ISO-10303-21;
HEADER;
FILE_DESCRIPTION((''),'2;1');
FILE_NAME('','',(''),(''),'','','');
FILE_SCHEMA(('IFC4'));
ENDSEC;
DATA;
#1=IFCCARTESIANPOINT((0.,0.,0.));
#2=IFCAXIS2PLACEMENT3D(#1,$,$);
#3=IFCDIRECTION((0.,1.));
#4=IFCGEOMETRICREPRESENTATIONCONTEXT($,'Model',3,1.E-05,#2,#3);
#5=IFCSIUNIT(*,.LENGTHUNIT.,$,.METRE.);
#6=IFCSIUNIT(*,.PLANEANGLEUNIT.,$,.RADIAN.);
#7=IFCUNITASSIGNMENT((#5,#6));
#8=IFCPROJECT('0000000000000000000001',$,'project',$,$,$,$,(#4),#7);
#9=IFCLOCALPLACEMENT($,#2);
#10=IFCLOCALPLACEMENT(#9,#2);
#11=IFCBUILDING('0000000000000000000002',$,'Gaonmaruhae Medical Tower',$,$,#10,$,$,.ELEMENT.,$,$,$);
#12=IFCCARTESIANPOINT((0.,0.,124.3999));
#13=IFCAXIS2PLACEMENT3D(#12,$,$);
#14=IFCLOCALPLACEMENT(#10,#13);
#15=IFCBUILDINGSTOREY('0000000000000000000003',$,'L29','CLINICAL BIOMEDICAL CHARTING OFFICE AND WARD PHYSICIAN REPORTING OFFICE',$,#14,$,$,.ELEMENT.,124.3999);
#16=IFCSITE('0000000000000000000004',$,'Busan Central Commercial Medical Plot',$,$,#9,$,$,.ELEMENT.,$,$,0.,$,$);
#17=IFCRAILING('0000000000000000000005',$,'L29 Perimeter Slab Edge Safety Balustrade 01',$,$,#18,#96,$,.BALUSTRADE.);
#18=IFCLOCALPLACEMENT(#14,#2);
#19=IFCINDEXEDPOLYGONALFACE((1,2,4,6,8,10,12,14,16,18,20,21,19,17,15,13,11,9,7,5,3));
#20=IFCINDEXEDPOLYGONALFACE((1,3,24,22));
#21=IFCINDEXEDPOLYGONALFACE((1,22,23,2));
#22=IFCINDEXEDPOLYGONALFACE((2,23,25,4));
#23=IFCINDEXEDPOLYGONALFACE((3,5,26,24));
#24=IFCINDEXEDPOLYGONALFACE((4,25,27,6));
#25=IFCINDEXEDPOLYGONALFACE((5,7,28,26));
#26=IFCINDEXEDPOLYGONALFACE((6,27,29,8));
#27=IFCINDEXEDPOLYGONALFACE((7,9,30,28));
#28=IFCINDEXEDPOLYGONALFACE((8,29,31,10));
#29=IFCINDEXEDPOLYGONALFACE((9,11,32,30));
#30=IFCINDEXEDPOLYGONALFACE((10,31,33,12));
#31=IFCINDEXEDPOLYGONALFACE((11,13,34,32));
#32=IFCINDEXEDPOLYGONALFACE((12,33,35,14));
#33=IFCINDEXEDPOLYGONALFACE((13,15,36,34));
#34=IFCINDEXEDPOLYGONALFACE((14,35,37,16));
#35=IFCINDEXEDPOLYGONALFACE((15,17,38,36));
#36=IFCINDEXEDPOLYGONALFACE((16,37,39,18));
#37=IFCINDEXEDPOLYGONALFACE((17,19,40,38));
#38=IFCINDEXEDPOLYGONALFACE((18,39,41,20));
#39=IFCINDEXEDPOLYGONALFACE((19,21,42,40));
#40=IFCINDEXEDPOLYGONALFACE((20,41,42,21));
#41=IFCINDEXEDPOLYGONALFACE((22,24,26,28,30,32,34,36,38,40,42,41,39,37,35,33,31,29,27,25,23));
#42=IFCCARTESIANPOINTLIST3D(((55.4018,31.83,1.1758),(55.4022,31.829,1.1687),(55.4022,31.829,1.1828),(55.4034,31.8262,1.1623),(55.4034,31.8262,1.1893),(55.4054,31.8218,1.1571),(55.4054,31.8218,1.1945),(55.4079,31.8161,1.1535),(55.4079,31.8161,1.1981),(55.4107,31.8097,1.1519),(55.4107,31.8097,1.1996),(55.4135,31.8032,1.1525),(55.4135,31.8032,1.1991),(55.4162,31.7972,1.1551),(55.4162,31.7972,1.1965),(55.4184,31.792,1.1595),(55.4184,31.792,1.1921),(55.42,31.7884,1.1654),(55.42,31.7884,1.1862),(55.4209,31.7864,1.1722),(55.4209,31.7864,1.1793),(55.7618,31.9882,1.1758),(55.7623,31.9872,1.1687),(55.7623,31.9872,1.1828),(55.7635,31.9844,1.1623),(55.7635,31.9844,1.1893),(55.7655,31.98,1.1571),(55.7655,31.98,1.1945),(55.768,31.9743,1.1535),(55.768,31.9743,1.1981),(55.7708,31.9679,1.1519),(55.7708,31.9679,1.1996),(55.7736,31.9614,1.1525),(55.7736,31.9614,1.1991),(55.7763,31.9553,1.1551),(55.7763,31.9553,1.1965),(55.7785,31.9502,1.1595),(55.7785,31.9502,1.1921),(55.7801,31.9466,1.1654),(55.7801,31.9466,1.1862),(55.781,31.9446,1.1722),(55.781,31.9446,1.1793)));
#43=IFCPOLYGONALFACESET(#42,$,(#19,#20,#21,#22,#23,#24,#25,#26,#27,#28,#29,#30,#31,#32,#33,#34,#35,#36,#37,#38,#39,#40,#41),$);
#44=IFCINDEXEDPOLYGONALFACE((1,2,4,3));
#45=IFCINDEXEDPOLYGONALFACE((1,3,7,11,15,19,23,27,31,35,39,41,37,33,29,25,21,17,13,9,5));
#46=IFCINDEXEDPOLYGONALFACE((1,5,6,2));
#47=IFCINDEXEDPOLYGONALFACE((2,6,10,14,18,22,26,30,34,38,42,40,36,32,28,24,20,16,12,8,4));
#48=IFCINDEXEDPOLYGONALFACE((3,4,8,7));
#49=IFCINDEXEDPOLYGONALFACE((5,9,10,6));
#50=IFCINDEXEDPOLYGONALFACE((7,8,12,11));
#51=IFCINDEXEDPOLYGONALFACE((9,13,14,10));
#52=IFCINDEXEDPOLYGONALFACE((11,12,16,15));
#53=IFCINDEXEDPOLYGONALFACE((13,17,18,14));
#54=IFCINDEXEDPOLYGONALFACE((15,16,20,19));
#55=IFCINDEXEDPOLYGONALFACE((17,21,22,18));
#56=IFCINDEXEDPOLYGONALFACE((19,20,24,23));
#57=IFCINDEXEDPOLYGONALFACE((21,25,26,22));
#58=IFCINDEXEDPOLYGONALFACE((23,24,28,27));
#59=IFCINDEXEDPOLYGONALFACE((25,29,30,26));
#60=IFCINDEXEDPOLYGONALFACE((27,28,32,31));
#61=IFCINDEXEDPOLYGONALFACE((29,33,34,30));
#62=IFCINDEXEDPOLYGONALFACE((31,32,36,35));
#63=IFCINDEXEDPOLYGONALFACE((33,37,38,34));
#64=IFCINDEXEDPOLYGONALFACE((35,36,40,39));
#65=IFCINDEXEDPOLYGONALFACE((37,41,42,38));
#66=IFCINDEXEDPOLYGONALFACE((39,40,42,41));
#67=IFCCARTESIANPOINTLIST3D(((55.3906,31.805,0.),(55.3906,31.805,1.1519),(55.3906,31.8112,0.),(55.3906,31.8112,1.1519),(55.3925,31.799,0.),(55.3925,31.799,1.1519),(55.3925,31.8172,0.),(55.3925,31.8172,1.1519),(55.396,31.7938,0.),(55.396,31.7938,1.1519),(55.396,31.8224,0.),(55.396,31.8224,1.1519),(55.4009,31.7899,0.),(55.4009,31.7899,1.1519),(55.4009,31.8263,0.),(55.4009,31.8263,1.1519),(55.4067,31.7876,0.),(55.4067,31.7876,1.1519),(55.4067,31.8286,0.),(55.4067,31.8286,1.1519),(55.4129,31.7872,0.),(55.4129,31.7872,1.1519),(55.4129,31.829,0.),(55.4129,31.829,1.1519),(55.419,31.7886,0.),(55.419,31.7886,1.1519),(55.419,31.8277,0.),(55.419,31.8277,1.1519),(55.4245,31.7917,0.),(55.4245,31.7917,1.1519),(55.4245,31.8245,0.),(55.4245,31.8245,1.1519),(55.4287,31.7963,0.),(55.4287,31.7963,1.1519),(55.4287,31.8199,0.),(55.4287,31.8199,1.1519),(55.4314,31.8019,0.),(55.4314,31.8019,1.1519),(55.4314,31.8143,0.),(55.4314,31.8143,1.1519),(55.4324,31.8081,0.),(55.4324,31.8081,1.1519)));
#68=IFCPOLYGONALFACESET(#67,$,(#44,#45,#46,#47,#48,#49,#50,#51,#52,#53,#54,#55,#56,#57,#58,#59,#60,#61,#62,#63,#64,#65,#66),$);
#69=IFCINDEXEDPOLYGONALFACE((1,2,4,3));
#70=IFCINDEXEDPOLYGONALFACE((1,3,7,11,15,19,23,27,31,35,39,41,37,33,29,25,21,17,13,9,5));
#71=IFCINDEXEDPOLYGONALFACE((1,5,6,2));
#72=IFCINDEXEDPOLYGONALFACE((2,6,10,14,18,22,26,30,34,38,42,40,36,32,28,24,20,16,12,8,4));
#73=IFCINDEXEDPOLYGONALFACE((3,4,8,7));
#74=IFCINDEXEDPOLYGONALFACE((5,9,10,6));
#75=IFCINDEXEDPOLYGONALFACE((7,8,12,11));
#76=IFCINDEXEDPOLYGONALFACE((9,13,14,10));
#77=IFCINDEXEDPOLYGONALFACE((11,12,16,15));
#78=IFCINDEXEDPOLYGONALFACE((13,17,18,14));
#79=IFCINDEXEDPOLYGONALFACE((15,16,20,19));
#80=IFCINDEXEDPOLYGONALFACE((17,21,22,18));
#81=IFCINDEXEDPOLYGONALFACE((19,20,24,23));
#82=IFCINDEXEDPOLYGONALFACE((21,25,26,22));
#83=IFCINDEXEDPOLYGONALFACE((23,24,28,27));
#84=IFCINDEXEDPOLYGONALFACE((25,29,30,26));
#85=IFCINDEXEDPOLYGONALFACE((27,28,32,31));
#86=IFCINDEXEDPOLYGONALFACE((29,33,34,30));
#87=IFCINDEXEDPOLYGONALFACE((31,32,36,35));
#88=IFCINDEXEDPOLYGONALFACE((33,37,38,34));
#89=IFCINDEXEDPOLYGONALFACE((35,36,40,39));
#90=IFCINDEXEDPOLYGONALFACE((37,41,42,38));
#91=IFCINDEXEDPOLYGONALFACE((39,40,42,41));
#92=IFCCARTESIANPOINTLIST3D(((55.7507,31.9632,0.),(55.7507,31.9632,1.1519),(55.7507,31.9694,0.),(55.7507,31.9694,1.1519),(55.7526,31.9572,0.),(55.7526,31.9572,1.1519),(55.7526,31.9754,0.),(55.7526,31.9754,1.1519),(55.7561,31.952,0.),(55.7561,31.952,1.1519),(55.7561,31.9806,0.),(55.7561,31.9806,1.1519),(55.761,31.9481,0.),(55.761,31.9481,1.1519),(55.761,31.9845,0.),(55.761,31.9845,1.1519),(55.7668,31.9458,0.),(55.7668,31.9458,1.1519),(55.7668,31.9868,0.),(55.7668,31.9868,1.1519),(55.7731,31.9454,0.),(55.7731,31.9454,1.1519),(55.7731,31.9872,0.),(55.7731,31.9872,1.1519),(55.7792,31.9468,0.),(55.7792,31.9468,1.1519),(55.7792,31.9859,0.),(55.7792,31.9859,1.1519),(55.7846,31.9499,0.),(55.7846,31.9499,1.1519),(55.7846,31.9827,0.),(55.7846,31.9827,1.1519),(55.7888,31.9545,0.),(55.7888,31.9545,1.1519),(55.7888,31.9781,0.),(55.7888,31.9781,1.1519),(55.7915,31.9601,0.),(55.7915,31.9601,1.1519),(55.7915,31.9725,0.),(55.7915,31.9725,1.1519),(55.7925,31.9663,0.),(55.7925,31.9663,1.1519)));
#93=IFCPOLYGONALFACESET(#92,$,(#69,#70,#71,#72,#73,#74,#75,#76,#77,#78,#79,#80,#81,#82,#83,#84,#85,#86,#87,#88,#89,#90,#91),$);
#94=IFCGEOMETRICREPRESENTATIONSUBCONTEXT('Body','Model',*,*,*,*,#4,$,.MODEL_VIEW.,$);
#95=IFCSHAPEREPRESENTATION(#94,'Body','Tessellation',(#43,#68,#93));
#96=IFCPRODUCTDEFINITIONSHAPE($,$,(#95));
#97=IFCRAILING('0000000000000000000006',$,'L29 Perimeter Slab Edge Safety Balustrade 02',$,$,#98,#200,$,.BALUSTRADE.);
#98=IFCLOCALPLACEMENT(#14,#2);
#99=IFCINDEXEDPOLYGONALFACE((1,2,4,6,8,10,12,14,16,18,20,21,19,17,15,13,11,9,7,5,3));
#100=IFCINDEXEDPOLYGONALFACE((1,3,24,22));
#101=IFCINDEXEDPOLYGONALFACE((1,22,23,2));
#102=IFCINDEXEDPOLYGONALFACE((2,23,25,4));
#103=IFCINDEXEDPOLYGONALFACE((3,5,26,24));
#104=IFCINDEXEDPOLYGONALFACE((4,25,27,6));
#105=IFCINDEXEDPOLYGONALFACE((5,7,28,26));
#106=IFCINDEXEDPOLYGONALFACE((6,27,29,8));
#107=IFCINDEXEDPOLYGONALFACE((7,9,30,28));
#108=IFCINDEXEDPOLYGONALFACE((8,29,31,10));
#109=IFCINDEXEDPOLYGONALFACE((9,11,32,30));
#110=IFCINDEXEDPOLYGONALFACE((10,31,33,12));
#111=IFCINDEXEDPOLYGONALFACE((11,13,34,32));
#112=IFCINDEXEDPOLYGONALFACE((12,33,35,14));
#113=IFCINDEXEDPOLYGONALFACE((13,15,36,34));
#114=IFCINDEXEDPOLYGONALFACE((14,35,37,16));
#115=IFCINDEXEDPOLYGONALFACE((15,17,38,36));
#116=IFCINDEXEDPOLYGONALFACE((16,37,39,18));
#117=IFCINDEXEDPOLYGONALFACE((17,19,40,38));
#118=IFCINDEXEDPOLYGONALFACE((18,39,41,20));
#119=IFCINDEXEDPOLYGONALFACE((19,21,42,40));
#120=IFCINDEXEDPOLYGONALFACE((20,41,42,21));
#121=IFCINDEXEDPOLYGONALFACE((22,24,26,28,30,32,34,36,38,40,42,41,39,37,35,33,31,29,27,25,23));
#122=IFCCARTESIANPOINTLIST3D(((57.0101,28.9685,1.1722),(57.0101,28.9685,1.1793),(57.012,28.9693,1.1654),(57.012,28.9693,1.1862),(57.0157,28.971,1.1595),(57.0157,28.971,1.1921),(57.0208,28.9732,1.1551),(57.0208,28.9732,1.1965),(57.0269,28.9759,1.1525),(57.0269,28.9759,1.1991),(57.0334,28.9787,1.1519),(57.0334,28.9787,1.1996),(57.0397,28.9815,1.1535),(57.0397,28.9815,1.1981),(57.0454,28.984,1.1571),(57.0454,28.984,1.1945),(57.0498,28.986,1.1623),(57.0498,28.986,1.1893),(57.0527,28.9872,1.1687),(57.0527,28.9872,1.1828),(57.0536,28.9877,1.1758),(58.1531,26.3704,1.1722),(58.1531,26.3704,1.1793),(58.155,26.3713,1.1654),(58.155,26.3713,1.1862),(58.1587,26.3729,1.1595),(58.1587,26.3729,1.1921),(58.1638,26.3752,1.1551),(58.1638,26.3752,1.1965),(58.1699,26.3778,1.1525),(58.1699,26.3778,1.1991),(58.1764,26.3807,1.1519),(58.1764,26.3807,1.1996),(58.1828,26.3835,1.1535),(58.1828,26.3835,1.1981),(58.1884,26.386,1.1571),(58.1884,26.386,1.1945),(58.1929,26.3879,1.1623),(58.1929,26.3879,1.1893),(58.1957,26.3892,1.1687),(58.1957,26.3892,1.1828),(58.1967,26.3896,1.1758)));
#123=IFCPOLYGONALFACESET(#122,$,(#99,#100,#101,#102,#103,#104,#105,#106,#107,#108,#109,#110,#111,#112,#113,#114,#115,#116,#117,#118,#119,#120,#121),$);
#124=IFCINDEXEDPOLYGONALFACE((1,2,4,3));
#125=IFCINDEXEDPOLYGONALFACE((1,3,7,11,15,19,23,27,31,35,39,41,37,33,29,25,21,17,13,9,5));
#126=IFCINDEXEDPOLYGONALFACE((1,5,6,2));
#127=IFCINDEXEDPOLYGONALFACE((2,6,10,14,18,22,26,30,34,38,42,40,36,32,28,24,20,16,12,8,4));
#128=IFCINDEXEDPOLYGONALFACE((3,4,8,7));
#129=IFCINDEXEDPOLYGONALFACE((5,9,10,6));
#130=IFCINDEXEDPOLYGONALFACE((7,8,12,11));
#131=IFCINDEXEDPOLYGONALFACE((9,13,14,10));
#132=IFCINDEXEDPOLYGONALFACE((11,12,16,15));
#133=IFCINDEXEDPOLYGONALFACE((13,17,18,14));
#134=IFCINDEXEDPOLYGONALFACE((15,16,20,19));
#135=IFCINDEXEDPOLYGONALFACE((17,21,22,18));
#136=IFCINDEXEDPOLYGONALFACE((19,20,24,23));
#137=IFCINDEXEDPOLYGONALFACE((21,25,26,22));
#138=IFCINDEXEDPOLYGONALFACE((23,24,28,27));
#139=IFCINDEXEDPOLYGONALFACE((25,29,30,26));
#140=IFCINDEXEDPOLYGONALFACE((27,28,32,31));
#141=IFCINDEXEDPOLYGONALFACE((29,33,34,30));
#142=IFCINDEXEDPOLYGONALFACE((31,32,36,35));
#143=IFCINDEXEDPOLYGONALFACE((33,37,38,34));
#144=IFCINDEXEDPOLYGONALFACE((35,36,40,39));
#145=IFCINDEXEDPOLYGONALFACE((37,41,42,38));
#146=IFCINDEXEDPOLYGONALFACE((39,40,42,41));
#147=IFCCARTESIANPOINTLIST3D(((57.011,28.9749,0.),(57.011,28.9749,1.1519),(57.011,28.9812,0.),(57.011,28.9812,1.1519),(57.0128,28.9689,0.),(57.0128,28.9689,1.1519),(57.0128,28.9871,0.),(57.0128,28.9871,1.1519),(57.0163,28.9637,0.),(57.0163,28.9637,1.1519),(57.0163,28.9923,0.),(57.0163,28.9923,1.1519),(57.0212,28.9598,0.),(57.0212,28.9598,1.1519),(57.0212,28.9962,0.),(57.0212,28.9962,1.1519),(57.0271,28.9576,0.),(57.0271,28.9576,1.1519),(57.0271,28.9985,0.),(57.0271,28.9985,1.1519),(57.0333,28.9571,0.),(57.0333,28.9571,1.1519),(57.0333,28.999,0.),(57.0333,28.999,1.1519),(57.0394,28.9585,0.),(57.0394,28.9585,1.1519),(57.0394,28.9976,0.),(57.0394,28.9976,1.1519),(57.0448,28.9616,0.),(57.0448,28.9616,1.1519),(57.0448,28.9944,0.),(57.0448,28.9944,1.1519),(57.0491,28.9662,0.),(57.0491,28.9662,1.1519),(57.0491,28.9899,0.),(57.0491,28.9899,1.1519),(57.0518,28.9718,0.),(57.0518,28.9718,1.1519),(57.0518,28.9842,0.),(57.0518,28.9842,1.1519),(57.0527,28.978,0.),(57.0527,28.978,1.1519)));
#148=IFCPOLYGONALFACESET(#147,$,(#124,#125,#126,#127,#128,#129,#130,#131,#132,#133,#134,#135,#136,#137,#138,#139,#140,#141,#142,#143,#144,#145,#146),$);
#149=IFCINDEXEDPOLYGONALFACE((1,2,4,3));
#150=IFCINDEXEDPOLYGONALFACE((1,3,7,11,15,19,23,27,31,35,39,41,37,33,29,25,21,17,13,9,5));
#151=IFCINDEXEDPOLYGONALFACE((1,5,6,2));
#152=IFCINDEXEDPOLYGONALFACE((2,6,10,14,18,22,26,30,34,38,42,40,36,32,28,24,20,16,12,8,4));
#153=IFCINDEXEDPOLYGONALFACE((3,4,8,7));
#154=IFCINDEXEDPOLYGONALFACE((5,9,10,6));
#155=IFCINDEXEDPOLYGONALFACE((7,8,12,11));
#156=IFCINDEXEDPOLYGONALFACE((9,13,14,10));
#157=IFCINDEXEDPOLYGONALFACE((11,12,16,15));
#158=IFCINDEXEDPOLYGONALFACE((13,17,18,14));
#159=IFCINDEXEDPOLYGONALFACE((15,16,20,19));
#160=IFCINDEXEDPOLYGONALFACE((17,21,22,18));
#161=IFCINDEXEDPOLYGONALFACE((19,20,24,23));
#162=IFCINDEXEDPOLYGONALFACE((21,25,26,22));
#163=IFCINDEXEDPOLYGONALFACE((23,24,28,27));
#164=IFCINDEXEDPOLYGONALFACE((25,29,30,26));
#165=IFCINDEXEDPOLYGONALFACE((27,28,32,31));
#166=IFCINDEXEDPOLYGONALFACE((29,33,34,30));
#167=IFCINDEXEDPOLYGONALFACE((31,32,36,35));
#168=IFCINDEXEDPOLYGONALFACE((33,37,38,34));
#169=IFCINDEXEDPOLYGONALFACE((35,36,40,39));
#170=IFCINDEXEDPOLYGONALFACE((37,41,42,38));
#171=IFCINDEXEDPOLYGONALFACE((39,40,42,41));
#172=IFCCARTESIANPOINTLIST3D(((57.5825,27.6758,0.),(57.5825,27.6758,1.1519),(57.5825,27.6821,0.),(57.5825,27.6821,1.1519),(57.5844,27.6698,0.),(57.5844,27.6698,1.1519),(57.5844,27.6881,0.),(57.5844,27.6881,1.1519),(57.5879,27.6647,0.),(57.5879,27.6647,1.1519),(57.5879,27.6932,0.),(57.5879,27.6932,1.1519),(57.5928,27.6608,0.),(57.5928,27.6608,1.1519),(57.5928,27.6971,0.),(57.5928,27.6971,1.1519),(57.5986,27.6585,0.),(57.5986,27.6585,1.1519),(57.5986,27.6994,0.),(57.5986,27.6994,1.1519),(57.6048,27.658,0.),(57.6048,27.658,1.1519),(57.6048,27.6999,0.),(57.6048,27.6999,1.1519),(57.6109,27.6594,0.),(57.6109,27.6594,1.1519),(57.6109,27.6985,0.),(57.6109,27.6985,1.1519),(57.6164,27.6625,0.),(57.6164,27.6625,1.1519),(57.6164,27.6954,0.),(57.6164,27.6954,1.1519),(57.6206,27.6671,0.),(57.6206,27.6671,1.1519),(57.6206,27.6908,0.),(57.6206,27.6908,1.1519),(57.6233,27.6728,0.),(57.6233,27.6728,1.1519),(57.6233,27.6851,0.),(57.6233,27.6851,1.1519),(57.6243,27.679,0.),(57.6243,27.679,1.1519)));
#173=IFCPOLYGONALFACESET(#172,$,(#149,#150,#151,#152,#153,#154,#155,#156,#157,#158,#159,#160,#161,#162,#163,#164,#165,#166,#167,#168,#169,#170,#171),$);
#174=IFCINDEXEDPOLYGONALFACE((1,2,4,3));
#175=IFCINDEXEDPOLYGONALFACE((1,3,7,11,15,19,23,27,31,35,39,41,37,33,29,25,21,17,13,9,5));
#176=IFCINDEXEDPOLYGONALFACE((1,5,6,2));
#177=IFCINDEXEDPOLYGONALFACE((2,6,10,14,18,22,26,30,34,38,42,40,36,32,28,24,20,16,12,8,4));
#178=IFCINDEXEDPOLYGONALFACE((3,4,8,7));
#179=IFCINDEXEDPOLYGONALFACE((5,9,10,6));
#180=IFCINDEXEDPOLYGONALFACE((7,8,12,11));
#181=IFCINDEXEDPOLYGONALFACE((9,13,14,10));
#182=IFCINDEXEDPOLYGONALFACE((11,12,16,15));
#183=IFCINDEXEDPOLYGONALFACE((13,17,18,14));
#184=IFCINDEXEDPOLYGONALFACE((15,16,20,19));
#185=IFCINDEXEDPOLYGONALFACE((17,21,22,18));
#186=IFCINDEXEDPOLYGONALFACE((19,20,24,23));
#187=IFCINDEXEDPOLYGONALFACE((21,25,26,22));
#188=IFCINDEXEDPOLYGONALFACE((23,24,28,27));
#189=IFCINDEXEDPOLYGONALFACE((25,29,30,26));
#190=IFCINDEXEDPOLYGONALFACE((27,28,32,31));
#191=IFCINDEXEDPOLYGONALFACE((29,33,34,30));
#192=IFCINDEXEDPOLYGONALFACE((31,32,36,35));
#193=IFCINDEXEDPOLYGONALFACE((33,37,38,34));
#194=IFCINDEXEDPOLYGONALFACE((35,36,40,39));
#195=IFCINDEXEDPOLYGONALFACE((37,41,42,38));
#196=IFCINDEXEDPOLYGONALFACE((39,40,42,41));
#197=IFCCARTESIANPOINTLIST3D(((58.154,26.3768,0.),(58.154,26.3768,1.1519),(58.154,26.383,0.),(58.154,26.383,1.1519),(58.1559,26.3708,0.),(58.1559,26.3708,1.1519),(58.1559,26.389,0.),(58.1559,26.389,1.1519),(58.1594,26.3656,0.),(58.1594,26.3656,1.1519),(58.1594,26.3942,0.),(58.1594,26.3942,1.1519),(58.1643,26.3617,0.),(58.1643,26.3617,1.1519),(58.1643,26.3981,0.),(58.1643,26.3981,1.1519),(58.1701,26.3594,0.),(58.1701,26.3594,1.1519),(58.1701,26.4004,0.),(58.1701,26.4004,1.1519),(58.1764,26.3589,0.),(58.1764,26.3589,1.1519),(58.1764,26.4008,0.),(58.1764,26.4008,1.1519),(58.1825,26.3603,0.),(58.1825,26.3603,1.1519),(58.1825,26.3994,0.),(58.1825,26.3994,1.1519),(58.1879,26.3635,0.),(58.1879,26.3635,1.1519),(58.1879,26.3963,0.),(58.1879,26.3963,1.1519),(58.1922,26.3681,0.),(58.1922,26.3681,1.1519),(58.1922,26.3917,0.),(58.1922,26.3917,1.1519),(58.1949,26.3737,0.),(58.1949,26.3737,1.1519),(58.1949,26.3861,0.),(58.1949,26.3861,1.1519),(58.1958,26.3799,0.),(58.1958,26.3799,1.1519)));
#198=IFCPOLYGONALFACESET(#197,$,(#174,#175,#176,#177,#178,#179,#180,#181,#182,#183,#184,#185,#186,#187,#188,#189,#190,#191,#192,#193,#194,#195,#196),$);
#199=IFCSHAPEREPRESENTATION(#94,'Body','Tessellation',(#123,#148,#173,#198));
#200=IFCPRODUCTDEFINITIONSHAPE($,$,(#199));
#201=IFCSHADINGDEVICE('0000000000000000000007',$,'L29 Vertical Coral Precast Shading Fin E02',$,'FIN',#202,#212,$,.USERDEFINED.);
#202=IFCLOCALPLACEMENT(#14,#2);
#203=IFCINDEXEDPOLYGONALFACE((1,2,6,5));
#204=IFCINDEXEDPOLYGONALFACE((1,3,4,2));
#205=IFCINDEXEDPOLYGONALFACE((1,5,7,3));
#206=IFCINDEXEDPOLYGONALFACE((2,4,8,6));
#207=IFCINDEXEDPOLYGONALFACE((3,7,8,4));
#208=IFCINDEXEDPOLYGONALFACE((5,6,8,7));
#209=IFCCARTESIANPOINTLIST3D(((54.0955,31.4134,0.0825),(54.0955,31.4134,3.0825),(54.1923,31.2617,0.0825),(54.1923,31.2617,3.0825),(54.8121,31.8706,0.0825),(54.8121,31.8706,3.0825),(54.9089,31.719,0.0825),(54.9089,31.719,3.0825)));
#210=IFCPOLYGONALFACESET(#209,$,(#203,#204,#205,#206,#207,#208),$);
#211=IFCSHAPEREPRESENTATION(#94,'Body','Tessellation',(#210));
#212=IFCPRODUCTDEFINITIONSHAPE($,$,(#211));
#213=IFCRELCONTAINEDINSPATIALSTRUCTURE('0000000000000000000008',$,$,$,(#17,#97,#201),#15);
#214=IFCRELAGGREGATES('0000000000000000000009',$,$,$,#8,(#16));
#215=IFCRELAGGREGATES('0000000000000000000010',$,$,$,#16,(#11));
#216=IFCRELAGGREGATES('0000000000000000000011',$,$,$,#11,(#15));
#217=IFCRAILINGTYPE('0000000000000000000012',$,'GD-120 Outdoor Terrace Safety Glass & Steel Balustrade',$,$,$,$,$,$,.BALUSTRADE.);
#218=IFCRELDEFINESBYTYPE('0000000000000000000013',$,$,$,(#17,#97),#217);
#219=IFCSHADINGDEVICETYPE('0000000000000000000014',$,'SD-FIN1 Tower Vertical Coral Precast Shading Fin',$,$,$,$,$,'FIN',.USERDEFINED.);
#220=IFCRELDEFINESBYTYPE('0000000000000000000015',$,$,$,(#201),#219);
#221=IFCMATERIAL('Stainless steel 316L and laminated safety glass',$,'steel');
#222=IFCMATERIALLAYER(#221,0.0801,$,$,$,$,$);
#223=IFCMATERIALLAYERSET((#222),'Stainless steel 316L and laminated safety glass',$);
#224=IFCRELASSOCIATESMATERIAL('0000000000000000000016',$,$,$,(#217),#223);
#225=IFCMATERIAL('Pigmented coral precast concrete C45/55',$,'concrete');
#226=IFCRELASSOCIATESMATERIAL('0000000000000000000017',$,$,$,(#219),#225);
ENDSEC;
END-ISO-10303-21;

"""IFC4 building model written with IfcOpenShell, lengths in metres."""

from ifc_helpers import new_model, si_unit, direction, frame, origin, origin_2d, place, context, subcontext, project, spatial, rectangle, circle, extrude, material, layer, layer_set, type_object, element, save


model = new_model("IFC4")

# Units and contexts
model_context = context("Model", 3, precision=1e-05, world=origin(), true_north=direction((0.0, 1.0)))
body_context = subcontext(model_context, "Body", "Model", "MODEL_VIEW")
ifc_project = project(units=[si_unit("LENGTHUNIT", "METRE"), si_unit("PLANEANGLEUNIT", "RADIAN")], contexts=[model_context])

# Site, building, storey
site_placement = place(None, origin())
site = spatial("IfcSite", under=ifc_project, at=site_placement, Name="Busan Central Commercial Medical Plot", CompositionType="ELEMENT", RefElevation=0.0)
building_placement = place(site_placement, origin())
building = spatial("IfcBuilding", under=site, at=building_placement, Name="Gaonmaruhae Medical Tower", CompositionType="ELEMENT")
storey_placement = place(building_placement, frame((0.0, 0.0, 124.3999)))
storey = spatial("IfcBuildingStorey", under=building, at=storey_placement, Name="L29", Description="CLINICAL BIOMEDICAL CHARTING OFFICE AND WARD PHYSICIAN REPORTING OFFICE", CompositionType="ELEMENT", Elevation=124.3999)

# Railings
ifc_material_1 = material(Name="Stainless steel 316L and laminated safety glass", Category="steel")
ifc_layer_1 = layer(ifc_material_1, 0.0801)
ifc_layer_set_1 = layer_set([ifc_layer_1], Name="Stainless steel 316L and laminated safety glass")
railing_type = type_object("IfcRailingType", Name="GD-120 Outdoor Terrace Safety Glass & Steel Balustrade", PredefinedType="BALUSTRADE", material=ifc_layer_set_1)
railing_1_placement = place(storey_placement, frame((55.4114, 31.8081, 0.0)))
element("IfcRailing", 1, at=railing_1_placement, inside=storey, type_object=railing_type, Name="L29 Perimeter Slab Edge Safety Balustrade 01", PredefinedType="BALUSTRADE", context=body_context, shape_type="SweptSolid", body=[
    extrude(circle(Radius=0.0239, at=origin_2d()), frame((0.0, 0.0, 1.1758), z_axis=(0.915544, 0.402219, 0.0), x_axis=(-0.402219, 0.915544, 0.0)), (0.0, 0.0, 1.0), 0.3933),
    extrude(circle(Radius=0.021, at=origin_2d()), origin(), (0.0, 0.0, 1.0), 1.1519),
    extrude(circle(Radius=0.021, at=origin_2d()), frame((0.3601, 0.1582, 0.0)), (0.0, 0.0, 1.0), 1.1519),
])
railing_2_placement = place(storey_placement, frame((57.0317, 28.978, 0.0)))
element("IfcRailing", 2, at=railing_2_placement, inside=storey, type_object=railing_type, Name="L29 Perimeter Slab Edge Safety Balustrade 02", PredefinedType="BALUSTRADE", context=body_context, shape_type="SweptSolid", body=[
    extrude(circle(Radius=0.0239, at=origin_2d()), frame((0.0, 0.0, 1.1758), z_axis=(0.402704, -0.91533, 0.0), x_axis=(0.91533, 0.402704, 0.0)), (0.0, 0.0, 1.0), 2.8384),
    extrude(circle(Radius=0.021, at=origin_2d()), origin(), (0.0, 0.0, 1.0), 1.1519),
    extrude(circle(Radius=0.021, at=origin_2d()), frame((0.5715, -1.2991, 0.0)), (0.0, 0.0, 1.0), 1.1519),
    extrude(circle(Radius=0.021, at=origin_2d()), frame((1.1431, -2.5981, 0.0)), (0.0, 0.0, 1.0), 1.1519),
])

# Shading device
ifc_material_2 = material(Name="Pigmented coral precast concrete C45/55", Category="concrete")
shading_device_type = type_object("IfcShadingDeviceType", Name="SD-FIN1 Tower Vertical Coral Precast Shading Fin", ElementType="FIN", PredefinedType="USERDEFINED", material=ifc_material_2)
for number, where, z_axis, x_axis, name in (
    (3, (54.5022, 31.5662, 0.0825), (0.0, 0.0, 1.0), (0.537903, -0.843007, 0.0), "L29 Vertical Coral Precast Shading Fin E02"),
):
    element("IfcShadingDevice", number, at=place(storey_placement, frame(where, z_axis=z_axis, x_axis=x_axis)), inside=storey, type_object=shading_device_type, Name=name, ObjectType="FIN", PredefinedType="USERDEFINED", context=body_context, shape_type="SweptSolid", body=[
        extrude(rectangle(XDim=0.1799, YDim=0.8501, at=origin_2d()), origin(), (0.0, 0.0, 1.0), 3.0),
    ])

save(model, "model.ifc")
